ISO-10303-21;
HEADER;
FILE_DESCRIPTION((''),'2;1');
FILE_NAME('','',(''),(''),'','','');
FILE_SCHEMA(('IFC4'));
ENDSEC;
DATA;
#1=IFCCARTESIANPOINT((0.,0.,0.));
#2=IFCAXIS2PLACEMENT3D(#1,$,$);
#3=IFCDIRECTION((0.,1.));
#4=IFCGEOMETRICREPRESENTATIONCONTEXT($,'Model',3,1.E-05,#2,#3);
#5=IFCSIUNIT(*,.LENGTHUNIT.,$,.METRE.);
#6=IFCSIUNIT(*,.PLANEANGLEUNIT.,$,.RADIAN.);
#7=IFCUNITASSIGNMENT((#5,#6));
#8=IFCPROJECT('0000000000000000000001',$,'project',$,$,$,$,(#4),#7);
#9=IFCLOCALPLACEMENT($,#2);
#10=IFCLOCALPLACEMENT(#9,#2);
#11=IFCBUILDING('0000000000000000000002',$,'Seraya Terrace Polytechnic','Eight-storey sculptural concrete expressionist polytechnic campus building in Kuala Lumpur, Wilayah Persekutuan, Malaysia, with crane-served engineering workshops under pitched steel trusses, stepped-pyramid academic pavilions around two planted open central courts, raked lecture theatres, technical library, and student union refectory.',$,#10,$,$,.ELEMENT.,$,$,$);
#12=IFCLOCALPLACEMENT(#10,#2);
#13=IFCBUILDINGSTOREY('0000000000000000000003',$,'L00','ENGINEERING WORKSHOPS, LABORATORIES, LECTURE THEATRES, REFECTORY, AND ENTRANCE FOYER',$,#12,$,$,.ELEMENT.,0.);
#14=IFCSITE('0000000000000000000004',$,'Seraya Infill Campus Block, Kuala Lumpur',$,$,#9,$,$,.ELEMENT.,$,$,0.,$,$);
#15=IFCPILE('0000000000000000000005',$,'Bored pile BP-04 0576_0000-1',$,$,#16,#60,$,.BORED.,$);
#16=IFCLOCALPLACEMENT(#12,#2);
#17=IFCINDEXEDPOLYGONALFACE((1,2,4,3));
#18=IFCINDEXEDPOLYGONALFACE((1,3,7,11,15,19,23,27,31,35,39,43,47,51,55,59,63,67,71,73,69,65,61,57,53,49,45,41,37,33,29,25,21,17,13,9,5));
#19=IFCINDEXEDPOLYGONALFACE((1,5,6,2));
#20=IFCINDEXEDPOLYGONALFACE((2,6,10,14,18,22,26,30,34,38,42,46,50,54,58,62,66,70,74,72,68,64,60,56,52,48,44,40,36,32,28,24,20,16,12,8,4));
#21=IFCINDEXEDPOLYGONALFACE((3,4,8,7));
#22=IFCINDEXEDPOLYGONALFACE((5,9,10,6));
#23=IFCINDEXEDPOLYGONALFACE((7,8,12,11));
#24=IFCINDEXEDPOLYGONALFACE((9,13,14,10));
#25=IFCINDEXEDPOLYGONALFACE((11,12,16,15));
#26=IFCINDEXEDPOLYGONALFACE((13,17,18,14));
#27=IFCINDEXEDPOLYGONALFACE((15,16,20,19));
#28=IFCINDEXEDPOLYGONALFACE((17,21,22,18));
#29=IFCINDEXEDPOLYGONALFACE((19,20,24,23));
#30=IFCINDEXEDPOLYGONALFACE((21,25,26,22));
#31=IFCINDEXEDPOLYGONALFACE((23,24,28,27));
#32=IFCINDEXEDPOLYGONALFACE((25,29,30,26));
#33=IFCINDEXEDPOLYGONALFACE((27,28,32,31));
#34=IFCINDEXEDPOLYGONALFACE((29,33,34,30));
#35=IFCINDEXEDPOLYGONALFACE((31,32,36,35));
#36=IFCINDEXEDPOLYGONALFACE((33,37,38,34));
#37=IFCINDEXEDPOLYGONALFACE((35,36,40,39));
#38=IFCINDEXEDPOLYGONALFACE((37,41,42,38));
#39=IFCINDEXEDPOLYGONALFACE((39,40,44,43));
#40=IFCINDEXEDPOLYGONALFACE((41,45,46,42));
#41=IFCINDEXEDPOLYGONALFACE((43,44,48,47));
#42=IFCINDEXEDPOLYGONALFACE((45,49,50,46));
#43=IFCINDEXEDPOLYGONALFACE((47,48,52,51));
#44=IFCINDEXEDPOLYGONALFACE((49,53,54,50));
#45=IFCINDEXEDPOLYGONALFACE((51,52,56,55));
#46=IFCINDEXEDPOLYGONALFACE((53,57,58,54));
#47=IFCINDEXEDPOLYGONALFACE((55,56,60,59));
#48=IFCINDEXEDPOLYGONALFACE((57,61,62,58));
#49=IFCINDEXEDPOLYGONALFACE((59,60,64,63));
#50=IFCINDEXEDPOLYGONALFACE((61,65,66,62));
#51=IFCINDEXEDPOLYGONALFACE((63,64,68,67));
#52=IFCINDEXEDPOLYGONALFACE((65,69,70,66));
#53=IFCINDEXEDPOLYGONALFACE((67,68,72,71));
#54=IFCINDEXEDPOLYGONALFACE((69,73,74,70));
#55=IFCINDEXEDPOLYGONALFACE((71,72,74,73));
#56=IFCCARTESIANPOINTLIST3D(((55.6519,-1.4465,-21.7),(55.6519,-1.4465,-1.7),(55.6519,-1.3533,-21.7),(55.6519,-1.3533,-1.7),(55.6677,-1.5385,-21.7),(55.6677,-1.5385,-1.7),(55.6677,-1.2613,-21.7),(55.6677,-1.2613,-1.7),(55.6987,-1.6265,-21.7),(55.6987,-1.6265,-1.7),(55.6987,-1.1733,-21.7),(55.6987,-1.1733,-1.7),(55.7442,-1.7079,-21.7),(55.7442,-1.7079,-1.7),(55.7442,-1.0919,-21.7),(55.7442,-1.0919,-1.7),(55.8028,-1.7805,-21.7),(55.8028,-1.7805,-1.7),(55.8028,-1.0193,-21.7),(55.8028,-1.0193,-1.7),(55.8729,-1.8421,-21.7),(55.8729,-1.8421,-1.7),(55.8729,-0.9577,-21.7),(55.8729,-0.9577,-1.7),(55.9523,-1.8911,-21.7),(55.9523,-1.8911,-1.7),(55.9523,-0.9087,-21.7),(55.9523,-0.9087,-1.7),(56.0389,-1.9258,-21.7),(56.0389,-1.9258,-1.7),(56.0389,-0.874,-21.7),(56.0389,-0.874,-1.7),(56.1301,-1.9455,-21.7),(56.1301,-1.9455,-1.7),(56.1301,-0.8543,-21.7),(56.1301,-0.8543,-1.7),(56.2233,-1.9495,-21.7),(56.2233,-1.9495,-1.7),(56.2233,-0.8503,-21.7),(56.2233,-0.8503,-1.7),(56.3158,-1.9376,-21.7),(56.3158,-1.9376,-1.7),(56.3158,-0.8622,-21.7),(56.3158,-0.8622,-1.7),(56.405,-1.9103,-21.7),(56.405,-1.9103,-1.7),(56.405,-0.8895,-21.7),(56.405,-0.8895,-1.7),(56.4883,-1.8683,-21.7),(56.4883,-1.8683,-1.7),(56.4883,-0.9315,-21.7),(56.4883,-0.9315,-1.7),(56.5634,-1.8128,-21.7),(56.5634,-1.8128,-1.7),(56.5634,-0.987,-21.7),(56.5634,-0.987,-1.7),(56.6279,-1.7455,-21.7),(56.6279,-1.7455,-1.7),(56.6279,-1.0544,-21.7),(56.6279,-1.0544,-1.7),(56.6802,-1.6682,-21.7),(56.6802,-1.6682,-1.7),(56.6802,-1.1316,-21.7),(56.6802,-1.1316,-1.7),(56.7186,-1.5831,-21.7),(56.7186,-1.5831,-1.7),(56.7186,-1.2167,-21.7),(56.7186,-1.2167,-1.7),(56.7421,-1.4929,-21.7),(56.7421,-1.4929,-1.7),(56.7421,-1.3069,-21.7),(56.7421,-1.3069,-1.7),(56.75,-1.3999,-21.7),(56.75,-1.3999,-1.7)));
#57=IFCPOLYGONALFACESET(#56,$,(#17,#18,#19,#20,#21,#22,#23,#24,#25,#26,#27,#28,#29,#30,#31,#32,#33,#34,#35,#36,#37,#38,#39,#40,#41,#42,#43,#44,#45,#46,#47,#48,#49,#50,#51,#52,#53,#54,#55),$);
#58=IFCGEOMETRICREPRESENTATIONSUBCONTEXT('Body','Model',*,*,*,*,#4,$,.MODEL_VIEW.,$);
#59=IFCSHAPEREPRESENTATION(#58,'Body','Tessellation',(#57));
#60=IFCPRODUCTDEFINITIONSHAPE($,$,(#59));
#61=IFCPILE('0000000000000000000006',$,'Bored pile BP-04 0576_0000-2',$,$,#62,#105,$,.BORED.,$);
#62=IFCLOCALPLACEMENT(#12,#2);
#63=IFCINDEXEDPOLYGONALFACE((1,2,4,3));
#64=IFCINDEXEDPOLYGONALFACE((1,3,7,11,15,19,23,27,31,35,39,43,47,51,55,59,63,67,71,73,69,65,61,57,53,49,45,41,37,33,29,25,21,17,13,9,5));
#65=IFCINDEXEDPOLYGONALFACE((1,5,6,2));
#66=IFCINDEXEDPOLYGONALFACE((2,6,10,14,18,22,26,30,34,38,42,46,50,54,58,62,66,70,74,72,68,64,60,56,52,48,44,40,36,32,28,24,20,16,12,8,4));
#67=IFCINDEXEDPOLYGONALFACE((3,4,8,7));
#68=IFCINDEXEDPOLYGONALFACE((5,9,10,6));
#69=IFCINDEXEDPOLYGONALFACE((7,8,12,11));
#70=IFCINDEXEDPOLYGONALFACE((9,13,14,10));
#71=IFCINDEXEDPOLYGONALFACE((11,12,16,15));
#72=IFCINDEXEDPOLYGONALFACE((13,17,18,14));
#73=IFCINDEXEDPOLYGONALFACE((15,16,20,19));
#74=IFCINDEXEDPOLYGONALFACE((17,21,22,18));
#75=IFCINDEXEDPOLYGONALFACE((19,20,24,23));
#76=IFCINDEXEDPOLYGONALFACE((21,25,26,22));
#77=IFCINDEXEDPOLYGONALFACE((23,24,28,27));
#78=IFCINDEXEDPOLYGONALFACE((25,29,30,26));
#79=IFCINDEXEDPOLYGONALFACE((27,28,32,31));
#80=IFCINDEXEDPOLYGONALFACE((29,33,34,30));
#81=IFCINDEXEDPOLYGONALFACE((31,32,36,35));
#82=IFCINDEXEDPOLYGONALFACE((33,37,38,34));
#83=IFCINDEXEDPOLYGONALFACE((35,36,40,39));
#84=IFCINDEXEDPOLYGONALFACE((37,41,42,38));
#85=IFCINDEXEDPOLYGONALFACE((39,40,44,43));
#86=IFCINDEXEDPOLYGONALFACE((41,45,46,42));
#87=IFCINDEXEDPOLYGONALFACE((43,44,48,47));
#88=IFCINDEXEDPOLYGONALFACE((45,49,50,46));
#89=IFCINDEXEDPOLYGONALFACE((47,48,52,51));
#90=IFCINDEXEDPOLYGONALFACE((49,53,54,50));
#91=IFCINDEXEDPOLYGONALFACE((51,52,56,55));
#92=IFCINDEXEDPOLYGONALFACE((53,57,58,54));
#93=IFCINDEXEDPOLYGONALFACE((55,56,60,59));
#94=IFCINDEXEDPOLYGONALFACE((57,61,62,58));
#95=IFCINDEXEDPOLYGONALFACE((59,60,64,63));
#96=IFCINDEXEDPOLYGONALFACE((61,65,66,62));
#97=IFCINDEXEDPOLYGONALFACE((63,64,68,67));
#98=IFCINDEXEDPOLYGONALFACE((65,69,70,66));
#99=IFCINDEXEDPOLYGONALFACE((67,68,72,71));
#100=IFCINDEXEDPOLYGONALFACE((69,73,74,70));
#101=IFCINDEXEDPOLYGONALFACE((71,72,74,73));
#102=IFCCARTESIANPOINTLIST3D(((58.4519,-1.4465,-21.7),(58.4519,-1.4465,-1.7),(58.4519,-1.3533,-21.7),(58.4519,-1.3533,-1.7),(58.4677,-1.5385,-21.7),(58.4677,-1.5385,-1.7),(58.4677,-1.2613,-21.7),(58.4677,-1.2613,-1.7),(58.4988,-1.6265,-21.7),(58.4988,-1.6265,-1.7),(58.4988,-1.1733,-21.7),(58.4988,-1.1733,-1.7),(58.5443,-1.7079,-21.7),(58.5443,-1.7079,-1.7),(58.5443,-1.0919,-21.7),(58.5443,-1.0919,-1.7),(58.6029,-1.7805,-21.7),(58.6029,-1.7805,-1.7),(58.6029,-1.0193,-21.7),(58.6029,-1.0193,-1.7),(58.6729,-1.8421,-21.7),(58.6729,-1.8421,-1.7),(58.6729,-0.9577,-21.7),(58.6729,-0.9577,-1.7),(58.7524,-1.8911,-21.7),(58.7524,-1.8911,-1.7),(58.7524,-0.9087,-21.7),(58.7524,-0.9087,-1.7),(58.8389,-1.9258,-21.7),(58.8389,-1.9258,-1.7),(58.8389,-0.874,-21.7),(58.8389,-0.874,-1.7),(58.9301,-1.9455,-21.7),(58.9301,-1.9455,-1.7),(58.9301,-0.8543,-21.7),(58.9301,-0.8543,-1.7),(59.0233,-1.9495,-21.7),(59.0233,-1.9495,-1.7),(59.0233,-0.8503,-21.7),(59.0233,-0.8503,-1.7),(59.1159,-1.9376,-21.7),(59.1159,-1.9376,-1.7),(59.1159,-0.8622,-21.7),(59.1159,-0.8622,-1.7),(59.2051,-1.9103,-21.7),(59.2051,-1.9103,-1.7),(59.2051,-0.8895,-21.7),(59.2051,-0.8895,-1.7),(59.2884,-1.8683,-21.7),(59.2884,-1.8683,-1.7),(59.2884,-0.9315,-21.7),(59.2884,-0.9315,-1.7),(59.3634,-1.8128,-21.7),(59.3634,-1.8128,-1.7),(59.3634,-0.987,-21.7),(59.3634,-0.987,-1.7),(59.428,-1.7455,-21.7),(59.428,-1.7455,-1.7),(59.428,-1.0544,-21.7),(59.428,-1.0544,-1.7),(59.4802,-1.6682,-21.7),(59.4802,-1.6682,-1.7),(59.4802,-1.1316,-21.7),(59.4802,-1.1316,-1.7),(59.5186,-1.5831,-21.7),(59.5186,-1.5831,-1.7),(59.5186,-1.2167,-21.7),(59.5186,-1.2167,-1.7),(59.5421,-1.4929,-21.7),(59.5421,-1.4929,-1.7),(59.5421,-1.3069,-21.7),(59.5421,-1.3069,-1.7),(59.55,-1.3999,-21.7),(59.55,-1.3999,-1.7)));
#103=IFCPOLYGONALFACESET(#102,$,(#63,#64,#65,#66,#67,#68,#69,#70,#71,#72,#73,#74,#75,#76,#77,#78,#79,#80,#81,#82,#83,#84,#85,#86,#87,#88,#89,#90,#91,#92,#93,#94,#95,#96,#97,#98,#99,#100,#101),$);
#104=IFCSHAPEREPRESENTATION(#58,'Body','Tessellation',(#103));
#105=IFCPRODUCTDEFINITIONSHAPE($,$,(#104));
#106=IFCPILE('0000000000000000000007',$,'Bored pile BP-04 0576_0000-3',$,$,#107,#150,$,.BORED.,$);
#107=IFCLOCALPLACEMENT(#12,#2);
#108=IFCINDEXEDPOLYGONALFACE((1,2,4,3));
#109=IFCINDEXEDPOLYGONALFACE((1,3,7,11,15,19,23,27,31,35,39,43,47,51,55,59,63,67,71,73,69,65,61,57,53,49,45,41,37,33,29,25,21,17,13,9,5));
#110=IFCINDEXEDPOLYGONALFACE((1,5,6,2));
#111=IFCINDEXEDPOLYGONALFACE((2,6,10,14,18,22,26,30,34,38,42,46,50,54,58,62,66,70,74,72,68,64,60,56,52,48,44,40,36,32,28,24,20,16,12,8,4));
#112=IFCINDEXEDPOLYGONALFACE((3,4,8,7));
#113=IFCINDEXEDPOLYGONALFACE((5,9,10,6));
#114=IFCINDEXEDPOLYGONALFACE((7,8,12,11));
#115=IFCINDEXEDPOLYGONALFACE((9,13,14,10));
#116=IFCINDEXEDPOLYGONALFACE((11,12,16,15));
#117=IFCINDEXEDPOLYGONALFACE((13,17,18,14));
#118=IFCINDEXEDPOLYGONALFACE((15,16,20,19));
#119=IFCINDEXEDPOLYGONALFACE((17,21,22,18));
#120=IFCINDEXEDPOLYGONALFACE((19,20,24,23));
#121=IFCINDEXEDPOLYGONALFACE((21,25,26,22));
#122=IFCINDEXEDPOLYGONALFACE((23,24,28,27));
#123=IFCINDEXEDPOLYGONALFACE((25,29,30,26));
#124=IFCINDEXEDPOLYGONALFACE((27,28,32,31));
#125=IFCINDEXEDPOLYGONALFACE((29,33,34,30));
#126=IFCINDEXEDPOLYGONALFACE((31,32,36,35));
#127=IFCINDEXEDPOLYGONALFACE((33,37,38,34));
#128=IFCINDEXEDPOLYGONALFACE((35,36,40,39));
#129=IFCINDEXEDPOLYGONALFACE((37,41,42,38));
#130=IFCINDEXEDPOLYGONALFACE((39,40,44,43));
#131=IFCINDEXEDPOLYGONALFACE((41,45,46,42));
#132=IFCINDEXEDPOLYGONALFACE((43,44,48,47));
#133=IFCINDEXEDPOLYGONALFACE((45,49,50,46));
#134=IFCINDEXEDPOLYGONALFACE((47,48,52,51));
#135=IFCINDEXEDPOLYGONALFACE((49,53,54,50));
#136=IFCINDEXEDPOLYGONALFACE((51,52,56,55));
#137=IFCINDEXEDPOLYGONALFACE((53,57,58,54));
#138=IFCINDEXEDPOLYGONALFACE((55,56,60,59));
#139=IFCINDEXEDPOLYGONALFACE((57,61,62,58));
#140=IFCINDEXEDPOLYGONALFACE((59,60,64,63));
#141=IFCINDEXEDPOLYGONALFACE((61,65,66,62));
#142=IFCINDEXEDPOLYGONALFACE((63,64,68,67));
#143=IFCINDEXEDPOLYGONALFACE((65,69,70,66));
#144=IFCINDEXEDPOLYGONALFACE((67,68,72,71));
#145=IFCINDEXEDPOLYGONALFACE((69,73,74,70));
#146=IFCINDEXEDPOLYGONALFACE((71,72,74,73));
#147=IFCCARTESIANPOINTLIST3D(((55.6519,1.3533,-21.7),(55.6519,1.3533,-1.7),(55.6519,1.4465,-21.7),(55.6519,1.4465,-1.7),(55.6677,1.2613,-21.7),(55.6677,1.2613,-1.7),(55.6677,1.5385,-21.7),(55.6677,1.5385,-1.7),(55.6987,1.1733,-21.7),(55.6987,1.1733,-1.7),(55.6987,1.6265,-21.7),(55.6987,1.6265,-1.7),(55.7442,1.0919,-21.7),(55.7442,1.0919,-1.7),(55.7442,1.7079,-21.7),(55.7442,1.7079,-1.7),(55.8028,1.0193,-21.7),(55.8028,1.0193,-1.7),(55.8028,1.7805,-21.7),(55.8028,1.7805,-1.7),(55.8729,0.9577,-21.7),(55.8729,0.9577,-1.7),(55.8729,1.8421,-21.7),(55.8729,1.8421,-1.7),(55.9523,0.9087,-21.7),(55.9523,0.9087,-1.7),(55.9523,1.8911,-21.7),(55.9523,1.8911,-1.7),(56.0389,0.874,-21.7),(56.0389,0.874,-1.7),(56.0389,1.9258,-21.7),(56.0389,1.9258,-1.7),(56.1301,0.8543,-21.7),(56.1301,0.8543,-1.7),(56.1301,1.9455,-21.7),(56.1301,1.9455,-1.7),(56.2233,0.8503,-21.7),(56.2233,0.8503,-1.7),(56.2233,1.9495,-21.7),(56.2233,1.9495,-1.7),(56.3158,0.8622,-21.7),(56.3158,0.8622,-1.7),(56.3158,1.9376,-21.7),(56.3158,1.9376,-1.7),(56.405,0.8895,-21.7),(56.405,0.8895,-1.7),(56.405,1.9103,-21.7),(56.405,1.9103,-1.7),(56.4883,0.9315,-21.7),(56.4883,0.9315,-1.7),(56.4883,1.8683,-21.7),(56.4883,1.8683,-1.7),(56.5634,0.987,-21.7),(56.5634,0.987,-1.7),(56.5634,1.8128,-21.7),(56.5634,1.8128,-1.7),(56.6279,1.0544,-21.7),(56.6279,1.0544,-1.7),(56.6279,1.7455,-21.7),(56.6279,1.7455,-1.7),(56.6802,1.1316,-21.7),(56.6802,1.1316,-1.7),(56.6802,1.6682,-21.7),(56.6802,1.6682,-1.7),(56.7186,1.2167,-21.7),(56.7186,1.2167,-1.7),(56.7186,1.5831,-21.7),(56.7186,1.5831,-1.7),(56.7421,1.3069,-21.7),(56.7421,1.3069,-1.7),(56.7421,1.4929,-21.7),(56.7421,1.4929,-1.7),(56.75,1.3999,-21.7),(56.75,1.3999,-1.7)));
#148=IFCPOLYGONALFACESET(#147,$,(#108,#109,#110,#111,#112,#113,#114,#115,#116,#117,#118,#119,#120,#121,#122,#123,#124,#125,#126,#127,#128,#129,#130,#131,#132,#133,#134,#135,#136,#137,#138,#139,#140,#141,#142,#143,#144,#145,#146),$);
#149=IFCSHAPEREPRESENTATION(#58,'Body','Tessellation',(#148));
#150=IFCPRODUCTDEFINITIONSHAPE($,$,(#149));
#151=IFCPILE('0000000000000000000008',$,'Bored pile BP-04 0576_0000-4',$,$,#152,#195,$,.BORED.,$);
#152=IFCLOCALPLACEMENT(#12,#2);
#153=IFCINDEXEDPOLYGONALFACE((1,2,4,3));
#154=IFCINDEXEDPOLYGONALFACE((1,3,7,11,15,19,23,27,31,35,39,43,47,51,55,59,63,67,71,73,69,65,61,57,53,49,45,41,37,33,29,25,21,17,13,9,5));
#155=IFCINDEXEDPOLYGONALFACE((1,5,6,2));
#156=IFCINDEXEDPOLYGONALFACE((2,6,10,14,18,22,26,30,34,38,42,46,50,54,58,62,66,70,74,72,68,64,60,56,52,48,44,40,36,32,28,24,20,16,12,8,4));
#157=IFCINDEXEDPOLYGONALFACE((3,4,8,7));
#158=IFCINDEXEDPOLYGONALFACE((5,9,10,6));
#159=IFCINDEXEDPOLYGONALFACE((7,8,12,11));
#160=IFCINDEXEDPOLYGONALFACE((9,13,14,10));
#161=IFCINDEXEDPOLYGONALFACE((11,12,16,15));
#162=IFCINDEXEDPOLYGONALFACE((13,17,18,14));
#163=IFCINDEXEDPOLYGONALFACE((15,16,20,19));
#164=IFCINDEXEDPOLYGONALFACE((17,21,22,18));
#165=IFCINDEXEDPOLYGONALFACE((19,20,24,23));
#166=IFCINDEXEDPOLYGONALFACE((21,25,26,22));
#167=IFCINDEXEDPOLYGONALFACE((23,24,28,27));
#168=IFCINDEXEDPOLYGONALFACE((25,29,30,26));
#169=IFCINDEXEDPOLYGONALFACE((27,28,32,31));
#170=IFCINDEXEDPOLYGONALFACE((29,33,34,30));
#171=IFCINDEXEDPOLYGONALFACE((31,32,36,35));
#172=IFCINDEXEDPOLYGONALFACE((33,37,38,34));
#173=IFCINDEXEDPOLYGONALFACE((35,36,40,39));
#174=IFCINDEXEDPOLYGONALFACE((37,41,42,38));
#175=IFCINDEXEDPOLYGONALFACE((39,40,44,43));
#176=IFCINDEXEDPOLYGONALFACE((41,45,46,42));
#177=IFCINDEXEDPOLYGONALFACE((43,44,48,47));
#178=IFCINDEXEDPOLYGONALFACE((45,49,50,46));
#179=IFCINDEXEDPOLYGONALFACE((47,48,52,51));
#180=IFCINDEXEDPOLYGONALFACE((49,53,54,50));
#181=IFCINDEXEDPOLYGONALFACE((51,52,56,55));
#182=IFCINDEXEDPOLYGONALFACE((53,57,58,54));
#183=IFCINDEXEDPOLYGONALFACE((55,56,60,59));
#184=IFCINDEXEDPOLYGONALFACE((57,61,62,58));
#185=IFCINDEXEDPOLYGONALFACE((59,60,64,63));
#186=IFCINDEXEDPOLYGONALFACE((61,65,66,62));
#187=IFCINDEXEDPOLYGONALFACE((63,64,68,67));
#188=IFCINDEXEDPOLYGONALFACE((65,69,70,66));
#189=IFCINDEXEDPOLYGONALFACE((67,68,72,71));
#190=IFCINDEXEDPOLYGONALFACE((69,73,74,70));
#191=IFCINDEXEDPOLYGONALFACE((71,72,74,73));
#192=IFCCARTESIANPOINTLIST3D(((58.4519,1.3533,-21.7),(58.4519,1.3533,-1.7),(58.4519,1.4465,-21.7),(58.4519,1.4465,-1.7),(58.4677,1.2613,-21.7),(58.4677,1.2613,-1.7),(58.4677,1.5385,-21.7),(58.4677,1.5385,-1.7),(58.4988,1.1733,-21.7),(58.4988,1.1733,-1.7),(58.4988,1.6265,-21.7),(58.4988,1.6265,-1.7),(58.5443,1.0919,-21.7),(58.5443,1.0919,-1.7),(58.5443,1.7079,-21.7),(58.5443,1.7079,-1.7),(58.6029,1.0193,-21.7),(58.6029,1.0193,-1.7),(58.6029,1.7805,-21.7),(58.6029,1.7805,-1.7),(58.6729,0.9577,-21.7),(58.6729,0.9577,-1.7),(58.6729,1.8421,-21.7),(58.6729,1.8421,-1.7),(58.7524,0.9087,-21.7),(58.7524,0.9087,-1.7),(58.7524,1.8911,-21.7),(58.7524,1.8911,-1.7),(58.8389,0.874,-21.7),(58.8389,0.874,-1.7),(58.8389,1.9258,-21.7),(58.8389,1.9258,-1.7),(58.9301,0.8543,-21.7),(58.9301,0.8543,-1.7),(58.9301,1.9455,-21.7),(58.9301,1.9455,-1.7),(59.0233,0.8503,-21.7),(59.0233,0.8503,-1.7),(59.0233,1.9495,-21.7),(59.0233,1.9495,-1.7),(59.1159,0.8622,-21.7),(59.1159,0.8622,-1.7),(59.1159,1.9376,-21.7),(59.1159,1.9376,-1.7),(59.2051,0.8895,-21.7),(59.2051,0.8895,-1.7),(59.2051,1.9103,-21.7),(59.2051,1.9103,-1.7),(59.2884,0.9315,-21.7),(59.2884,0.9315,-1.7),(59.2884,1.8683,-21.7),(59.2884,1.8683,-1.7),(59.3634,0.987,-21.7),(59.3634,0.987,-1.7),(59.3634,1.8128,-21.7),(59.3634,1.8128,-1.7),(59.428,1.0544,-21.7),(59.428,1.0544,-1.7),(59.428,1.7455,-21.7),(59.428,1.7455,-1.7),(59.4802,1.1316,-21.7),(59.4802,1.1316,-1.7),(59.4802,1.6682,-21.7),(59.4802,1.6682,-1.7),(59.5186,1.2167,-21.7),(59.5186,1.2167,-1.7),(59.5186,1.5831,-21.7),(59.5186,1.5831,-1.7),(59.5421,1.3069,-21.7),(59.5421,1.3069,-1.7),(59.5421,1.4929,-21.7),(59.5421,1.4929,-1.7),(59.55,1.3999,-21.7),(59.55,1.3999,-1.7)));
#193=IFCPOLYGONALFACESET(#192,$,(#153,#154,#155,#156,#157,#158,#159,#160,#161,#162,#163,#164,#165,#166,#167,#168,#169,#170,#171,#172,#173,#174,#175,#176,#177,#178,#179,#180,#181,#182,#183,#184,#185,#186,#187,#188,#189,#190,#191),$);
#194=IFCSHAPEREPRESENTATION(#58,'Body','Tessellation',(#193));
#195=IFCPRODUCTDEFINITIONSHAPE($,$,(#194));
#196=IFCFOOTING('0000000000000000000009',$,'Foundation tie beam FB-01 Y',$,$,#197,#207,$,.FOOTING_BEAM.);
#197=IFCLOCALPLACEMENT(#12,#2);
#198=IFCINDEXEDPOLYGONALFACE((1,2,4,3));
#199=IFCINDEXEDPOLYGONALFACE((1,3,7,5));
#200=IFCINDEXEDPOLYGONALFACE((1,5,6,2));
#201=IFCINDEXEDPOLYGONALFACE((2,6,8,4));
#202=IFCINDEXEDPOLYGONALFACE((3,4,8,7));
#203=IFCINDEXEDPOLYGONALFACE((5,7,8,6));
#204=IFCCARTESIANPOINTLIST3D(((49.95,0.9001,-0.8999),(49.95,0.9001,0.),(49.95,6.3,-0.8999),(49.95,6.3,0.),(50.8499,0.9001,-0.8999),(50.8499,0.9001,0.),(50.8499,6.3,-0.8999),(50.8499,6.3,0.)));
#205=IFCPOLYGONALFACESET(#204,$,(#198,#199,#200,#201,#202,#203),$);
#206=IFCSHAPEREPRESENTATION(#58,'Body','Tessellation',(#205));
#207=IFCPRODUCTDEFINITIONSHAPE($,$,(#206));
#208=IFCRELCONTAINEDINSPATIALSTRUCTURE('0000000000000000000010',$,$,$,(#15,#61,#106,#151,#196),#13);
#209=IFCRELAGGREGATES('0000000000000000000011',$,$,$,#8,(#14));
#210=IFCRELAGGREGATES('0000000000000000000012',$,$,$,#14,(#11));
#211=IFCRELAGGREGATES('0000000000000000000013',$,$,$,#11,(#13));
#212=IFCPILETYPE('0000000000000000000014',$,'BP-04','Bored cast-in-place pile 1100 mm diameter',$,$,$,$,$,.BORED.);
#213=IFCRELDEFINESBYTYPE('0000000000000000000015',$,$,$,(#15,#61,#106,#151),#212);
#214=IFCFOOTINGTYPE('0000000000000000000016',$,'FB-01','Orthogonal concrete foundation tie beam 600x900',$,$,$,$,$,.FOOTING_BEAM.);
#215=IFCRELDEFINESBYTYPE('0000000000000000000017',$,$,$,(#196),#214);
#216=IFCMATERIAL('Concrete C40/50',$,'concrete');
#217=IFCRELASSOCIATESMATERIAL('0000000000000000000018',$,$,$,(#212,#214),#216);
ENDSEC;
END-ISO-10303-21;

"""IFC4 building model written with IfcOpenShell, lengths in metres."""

from ifc_helpers import new_model, si_unit, direction, frame, origin, origin_2d, place, context, subcontext, project, spatial, rectangle, circle, extrude, material, material_profile, profile_set, type_object, element, save


model = new_model("IFC4")

# Units and contexts
model_context = context("Model", 3, precision=1e-05, world=origin(), true_north=direction((0.0, 1.0)))
body_context = subcontext(model_context, "Body", "Model", "MODEL_VIEW")
ifc_project = project(units=[si_unit("LENGTHUNIT", "METRE"), si_unit("PLANEANGLEUNIT", "RADIAN")], contexts=[model_context])

# Site, building, storey
site_placement = place(None, origin())
site = spatial("IfcSite", under=ifc_project, at=site_placement, Name="Seraya Infill Campus Block, Kuala Lumpur", CompositionType="ELEMENT", RefElevation=0.0)
building_placement = place(site_placement, origin())
building = spatial("IfcBuilding", under=site, at=building_placement, Name="Seraya Terrace Polytechnic", Description="Eight-storey sculptural concrete expressionist polytechnic campus building in Kuala Lumpur, Wilayah Persekutuan, Malaysia, with crane-served engineering workshops under pitched steel trusses, stepped-pyramid academic pavilions around two planted open central courts, raked lecture theatres, technical library, and student union refectory.", CompositionType="ELEMENT")
storey_placement = place(building_placement, origin())
storey = spatial("IfcBuildingStorey", under=building, at=storey_placement, Name="L00", Description="ENGINEERING WORKSHOPS, LABORATORIES, LECTURE THEATRES, REFECTORY, AND ENTRANCE FOYER", CompositionType="ELEMENT", Elevation=0.0)

# Piles
ifc_material_1 = material(Name="Concrete C40/50", Category="concrete")
ifc_material_profile_1 = material_profile(ifc_material_1, circle(Radius=0.55, at=origin_2d()), Name="DIA 1100")
ifc_profile_set_1 = profile_set([ifc_material_profile_1], Name="Concrete C40/50")
pile_type_1 = type_object("IfcPileType", Name="BP-04", Description="Bored cast-in-place pile 1100 mm diameter", PredefinedType="BORED", material=ifc_profile_set_1)
for number, where, z_axis, x_axis, name in (
    (1, (56.2, -1.3999, -1.7), (0.0, 0.0, -1.0), (1.0, 0.0, 0.0), "Bored pile BP-04 0576_0000-1"),
    (2, (59.0, -1.3999, -1.7), (0.0, 0.0, -1.0), (1.0, 0.0, 0.0), "Bored pile BP-04 0576_0000-2"),
    (3, (56.2, 1.3999, -1.7), (0.0, 0.0, -1.0), (1.0, 0.0, 0.0), "Bored pile BP-04 0576_0000-3"),
    (4, (59.0, 1.3999, -1.7), (0.0, 0.0, -1.0), (1.0, 0.0, 0.0), "Bored pile BP-04 0576_0000-4"),
):
    element("IfcPile", number, at=place(storey_placement, frame(where, z_axis=z_axis, x_axis=x_axis)), inside=storey, type_object=pile_type_1, Name=name, PredefinedType="BORED", context=body_context, shape_type="SweptSolid", body=[
        extrude(circle(Radius=0.55, at=origin_2d()), origin(), (0.0, 0.0, 1.0), 20.0),
    ])

# Footing
footing_type_1 = type_object("IfcFootingType", Name="FB-01", Description="Orthogonal concrete foundation tie beam 600x900", PredefinedType="FOOTING_BEAM", material=ifc_material_1)
footing_1_placement = place(storey_placement, frame((50.3999, 3.6001, -0.8999), z_axis=(0.0, 0.0, 1.0), x_axis=(0.0, 1.0, 0.0)))
element("IfcFooting", 5, at=footing_1_placement, inside=storey, type_object=footing_type_1, Name="Foundation tie beam FB-01 Y", PredefinedType="FOOTING_BEAM", context=body_context, shape_type="SweptSolid", body=[
    extrude(rectangle(XDim=5.3999, YDim=0.8999, at=origin_2d()), origin(), (0.0, 0.0, 1.0), 0.8999),
])

save(model, "model.ifc")
